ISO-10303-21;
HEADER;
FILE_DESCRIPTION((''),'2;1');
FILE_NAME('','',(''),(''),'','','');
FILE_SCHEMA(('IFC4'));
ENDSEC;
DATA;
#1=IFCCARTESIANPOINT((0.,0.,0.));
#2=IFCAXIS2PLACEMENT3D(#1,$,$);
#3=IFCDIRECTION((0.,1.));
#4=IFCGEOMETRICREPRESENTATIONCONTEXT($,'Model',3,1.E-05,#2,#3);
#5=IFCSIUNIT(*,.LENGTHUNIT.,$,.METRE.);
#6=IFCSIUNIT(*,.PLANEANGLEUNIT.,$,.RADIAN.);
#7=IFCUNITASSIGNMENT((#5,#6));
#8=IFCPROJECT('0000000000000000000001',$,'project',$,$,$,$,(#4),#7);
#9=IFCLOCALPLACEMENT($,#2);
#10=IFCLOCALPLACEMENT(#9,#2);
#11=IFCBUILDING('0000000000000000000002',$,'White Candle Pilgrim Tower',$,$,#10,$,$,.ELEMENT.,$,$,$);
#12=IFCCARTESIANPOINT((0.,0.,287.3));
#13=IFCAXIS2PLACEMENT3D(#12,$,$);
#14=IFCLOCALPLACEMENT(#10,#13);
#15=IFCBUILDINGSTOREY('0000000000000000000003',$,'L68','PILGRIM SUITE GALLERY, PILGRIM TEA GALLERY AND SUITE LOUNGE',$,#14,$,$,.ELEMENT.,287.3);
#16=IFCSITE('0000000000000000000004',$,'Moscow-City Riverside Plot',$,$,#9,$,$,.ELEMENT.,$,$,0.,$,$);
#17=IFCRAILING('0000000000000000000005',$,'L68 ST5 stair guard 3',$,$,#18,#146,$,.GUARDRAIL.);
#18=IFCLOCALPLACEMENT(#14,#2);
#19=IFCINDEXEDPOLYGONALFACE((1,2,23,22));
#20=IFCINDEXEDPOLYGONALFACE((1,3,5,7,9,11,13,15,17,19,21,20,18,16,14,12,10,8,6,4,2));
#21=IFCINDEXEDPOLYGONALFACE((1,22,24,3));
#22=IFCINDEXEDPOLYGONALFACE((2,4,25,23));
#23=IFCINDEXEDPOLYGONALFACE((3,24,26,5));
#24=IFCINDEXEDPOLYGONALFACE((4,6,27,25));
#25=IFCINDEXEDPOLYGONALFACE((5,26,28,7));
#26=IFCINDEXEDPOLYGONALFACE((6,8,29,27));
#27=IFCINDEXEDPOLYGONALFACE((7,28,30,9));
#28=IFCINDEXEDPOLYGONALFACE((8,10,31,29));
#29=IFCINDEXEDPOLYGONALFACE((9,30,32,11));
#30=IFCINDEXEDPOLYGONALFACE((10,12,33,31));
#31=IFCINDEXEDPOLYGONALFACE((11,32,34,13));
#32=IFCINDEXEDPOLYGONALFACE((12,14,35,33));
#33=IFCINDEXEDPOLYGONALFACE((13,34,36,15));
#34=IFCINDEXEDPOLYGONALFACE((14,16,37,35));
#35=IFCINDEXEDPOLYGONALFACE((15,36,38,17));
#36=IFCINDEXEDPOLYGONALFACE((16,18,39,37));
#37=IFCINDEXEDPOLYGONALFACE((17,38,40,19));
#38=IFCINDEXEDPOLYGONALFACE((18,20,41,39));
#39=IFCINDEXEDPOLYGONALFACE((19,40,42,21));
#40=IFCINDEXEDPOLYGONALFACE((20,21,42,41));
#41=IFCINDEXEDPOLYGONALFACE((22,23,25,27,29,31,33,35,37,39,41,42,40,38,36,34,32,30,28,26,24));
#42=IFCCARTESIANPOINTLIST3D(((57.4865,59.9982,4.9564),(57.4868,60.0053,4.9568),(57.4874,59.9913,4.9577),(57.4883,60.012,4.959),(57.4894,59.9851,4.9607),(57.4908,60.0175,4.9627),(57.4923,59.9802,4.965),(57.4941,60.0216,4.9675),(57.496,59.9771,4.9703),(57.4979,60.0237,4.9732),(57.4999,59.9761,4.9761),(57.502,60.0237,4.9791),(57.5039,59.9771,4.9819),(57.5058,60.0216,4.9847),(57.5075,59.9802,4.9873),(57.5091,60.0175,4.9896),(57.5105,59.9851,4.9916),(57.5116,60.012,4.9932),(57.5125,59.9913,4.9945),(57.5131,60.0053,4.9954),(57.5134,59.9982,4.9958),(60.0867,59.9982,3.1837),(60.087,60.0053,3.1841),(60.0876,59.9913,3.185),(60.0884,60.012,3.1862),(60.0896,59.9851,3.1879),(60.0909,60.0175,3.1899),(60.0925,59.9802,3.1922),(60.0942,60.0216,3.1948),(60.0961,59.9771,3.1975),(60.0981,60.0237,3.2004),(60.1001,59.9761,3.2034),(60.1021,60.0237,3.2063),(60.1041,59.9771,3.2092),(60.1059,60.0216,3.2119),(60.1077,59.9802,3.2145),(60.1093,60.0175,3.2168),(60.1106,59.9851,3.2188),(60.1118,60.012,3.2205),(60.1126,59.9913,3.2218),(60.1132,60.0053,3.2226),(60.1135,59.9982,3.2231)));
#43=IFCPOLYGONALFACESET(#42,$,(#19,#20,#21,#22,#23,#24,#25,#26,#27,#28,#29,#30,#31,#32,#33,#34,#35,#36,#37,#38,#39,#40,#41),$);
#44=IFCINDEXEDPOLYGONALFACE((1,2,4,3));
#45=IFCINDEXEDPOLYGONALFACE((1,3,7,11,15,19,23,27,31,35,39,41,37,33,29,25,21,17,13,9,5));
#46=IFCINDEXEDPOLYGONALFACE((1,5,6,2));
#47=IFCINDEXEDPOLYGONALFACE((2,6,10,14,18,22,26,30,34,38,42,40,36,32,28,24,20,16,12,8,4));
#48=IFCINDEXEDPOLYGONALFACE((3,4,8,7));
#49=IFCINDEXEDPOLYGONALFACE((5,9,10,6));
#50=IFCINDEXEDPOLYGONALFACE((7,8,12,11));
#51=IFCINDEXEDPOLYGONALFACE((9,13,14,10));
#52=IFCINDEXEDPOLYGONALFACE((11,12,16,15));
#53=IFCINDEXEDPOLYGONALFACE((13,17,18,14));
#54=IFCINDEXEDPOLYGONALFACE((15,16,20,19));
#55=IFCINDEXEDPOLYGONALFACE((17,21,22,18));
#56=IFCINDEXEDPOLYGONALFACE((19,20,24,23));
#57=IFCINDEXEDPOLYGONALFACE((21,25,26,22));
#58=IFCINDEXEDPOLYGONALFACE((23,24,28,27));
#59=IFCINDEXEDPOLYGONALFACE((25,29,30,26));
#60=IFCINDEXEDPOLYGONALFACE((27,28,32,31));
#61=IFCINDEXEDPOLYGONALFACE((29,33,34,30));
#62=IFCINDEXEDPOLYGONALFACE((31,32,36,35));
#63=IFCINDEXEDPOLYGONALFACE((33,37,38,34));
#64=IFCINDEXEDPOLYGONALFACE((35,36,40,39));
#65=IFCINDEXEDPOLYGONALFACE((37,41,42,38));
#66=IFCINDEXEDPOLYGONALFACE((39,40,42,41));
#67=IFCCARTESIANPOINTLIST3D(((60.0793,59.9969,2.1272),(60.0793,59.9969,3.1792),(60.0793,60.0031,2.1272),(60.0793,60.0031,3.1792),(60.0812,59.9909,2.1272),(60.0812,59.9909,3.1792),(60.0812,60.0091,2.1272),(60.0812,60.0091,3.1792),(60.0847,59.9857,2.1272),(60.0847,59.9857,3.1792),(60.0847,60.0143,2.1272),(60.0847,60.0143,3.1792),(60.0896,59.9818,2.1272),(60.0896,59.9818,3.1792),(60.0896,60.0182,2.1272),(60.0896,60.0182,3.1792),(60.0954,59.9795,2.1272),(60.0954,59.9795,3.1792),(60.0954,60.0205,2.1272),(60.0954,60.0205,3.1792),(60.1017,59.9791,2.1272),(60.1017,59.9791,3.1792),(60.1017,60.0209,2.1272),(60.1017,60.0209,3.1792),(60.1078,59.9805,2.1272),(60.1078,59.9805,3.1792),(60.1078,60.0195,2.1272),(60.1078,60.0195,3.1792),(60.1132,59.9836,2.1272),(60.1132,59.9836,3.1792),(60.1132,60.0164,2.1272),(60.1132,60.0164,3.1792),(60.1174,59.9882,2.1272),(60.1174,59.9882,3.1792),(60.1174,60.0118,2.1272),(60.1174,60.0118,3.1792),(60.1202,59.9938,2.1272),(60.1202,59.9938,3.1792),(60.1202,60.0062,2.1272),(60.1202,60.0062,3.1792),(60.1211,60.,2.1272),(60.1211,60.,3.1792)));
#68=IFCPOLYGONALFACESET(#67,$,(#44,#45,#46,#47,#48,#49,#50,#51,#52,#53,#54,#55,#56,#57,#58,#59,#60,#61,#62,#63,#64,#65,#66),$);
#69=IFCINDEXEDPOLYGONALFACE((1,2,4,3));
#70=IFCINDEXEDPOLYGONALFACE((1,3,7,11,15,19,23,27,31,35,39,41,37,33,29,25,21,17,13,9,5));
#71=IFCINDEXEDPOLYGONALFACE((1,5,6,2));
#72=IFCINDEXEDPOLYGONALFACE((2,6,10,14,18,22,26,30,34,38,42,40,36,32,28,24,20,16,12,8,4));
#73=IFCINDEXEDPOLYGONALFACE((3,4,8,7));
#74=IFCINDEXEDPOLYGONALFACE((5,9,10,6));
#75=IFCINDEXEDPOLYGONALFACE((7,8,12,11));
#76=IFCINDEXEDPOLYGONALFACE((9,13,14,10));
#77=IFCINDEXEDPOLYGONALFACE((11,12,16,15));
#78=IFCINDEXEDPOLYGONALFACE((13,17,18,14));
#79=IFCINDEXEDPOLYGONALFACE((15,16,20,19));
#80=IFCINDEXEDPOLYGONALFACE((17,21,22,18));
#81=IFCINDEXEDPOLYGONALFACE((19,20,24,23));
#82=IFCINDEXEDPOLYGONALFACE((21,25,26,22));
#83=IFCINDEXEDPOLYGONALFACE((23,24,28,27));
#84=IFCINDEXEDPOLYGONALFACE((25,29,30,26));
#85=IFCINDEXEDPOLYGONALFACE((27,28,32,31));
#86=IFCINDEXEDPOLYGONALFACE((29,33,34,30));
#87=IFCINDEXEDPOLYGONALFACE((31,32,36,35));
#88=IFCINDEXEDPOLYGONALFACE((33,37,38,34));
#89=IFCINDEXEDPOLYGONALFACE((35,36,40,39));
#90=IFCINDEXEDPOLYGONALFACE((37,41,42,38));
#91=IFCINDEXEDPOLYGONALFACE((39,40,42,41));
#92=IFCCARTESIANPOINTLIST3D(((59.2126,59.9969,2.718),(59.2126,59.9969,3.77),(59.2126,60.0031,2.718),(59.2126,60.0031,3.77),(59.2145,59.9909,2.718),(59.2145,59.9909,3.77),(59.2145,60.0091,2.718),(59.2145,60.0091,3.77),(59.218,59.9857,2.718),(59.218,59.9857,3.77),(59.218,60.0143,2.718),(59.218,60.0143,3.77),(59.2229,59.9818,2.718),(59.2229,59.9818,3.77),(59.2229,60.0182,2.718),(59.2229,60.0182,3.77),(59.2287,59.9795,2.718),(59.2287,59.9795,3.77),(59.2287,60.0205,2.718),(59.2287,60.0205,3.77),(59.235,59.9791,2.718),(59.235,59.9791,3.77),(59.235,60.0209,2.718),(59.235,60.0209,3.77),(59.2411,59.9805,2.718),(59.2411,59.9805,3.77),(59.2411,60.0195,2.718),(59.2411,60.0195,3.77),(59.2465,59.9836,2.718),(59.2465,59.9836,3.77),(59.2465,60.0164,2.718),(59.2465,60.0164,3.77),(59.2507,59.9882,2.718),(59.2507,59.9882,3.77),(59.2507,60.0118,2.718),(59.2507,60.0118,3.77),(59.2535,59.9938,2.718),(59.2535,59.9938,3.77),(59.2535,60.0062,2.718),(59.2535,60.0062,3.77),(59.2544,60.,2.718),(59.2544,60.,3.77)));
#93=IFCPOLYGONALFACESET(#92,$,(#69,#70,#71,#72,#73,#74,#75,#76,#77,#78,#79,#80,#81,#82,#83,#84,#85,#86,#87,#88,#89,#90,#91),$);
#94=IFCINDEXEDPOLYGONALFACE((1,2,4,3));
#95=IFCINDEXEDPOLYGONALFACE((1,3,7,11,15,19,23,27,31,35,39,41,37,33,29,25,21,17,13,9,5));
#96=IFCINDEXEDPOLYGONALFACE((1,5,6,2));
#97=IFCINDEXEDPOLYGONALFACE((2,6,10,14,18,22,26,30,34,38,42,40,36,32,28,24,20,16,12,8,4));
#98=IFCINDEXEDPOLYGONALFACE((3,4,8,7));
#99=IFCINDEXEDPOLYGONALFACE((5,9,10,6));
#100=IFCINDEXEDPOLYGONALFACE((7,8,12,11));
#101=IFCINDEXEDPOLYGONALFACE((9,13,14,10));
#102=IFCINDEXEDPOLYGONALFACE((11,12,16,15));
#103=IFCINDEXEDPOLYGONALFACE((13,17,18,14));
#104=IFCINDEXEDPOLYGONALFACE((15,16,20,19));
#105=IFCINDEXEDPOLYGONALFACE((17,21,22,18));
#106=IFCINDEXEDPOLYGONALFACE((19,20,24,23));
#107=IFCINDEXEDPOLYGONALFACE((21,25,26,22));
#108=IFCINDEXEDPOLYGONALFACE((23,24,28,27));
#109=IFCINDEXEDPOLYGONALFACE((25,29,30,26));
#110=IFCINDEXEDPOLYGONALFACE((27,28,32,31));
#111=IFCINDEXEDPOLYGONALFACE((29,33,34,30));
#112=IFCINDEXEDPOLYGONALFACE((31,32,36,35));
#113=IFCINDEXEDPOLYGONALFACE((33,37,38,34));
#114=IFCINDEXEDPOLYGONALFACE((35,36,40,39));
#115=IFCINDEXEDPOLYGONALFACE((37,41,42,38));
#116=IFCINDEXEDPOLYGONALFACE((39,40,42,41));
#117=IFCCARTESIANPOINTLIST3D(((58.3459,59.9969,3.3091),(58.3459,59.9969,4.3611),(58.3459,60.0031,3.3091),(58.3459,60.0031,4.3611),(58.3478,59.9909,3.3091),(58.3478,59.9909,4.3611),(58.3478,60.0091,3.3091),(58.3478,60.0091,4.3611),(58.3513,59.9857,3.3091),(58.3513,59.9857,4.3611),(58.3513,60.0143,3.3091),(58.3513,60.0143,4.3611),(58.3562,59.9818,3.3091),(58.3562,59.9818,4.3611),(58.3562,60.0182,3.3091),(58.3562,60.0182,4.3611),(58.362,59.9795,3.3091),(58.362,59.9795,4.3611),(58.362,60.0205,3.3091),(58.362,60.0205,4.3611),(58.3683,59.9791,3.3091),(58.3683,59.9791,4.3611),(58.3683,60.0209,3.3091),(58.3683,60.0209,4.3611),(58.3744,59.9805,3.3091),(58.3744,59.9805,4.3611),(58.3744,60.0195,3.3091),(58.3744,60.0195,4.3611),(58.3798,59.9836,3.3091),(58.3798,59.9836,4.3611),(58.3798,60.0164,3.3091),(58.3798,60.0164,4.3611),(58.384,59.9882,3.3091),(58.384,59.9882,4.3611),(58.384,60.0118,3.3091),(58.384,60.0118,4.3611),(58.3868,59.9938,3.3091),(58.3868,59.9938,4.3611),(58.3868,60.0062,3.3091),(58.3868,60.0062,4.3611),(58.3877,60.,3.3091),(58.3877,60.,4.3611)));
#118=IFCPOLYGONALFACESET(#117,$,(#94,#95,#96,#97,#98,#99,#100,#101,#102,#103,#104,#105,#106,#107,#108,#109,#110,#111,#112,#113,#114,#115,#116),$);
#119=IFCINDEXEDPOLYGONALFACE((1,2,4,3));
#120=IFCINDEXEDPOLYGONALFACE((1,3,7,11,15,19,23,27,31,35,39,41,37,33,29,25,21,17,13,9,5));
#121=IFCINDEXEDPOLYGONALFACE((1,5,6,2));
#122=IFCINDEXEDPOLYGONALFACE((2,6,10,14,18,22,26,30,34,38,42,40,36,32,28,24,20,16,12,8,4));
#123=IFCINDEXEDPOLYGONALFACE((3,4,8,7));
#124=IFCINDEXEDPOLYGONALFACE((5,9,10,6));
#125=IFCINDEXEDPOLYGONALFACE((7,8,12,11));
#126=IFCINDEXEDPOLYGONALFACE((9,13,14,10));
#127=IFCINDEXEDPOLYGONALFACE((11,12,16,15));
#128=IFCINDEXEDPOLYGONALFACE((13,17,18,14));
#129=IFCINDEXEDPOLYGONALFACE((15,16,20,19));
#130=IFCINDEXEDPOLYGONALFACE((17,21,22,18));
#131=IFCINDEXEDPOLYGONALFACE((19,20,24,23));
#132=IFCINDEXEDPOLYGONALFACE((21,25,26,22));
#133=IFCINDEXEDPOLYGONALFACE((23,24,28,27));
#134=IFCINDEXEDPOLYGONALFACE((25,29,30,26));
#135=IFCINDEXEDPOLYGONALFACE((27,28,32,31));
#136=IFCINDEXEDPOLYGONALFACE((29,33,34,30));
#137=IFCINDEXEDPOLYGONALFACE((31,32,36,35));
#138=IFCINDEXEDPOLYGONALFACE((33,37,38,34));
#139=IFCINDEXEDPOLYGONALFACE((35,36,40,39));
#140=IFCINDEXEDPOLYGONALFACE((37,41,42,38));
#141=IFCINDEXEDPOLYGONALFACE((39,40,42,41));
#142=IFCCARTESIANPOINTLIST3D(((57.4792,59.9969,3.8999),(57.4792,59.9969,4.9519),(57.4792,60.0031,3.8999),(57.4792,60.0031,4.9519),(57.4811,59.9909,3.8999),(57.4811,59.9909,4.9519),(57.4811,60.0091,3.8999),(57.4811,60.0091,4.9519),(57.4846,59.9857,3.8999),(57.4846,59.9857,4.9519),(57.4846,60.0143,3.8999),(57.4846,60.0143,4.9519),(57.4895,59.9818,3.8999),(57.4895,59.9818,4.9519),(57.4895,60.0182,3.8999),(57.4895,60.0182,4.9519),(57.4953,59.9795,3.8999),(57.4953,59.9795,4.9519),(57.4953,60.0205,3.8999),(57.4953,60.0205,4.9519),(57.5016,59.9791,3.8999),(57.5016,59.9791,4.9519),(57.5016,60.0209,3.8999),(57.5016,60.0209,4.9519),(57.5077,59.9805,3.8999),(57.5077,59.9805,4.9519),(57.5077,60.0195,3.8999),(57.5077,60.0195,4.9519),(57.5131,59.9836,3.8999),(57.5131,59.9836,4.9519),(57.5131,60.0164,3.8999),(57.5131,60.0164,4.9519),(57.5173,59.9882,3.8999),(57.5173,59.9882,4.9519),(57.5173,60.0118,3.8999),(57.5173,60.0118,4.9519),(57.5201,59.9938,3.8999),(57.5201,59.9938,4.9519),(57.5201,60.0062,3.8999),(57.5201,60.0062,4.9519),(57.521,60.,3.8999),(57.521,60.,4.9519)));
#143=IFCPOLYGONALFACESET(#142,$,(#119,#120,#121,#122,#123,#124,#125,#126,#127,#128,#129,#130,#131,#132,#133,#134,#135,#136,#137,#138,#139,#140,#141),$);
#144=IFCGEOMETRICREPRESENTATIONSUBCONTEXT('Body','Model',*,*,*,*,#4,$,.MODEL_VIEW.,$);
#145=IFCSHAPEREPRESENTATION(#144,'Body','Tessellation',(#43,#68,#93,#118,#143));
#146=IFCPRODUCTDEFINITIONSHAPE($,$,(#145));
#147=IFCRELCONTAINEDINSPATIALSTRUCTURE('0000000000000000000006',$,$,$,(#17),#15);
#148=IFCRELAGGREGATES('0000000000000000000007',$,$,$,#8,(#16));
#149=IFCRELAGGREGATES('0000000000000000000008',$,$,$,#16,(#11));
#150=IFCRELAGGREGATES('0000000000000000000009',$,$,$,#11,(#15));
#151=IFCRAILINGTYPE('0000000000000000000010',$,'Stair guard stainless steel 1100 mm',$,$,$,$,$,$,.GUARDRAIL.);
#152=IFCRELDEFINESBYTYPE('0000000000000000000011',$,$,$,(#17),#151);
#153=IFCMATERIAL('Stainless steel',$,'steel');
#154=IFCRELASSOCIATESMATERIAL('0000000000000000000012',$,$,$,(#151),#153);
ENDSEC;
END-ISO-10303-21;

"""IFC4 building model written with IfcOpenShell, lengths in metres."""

from ifc_helpers import new_model, si_unit, direction, frame, origin, origin_2d, place, context, subcontext, project, spatial, circle, extrude, material, type_object, element, save


model = new_model("IFC4")

# Units and contexts
model_context = context("Model", 3, precision=1e-05, world=origin(), true_north=direction((0.0, 1.0)))
body_context = subcontext(model_context, "Body", "Model", "MODEL_VIEW")
ifc_project = project(units=[si_unit("LENGTHUNIT", "METRE"), si_unit("PLANEANGLEUNIT", "RADIAN")], contexts=[model_context])

# Site, building, storey
site_placement = place(None, origin())
site = spatial("IfcSite", under=ifc_project, at=site_placement, Name="Moscow-City Riverside Plot", CompositionType="ELEMENT", RefElevation=0.0)
building_placement = place(site_placement, origin())
building = spatial("IfcBuilding", under=site, at=building_placement, Name="White Candle Pilgrim Tower", CompositionType="ELEMENT")
storey_placement = place(building_placement, frame((0.0, 0.0, 287.3)))
storey = spatial("IfcBuildingStorey", under=building, at=storey_placement, Name="L68", Description="PILGRIM SUITE GALLERY, PILGRIM TEA GALLERY AND SUITE LOUNGE", CompositionType="ELEMENT", Elevation=287.3)

# Railing
ifc_material_1 = material(Name="Stainless steel", Category="steel")
railing_type_1 = type_object("IfcRailingType", Name="Stair guard stainless steel 1100 mm", PredefinedType="GUARDRAIL", material=ifc_material_1)
railing_1_placement = place(storey_placement, frame((60.1001, 60.0, 2.1272)))
element("IfcRailing", 1, at=railing_1_placement, inside=storey, type_object=railing_type_1, Name="L68 ST5 stair guard 3", PredefinedType="GUARDRAIL", context=body_context, shape_type="SweptSolid", body=[
    extrude(circle(Radius=0.0239, at=origin_2d()), frame((0.0, 0.0, 1.0762), z_axis=(-0.82624, 0.0, 0.563318), x_axis=(0.0, -1.0, 0.0)), (0.0, 0.0, 1.0), 3.147),
    extrude(circle(Radius=0.021, at=origin_2d()), origin(), (0.0, 0.0, 1.0), 1.052),
    extrude(circle(Radius=0.021, at=origin_2d()), frame((-0.8667, 0.0, 0.5908)), (0.0, 0.0, 1.0), 1.052),
    extrude(circle(Radius=0.021, at=origin_2d()), frame((-1.7334, 0.0, 1.1819)), (0.0, 0.0, 1.0), 1.052),
    extrude(circle(Radius=0.021, at=origin_2d()), frame((-2.6001, 0.0, 1.7727)), (0.0, 0.0, 1.0), 1.052),
])

save(model, "model.ifc")
